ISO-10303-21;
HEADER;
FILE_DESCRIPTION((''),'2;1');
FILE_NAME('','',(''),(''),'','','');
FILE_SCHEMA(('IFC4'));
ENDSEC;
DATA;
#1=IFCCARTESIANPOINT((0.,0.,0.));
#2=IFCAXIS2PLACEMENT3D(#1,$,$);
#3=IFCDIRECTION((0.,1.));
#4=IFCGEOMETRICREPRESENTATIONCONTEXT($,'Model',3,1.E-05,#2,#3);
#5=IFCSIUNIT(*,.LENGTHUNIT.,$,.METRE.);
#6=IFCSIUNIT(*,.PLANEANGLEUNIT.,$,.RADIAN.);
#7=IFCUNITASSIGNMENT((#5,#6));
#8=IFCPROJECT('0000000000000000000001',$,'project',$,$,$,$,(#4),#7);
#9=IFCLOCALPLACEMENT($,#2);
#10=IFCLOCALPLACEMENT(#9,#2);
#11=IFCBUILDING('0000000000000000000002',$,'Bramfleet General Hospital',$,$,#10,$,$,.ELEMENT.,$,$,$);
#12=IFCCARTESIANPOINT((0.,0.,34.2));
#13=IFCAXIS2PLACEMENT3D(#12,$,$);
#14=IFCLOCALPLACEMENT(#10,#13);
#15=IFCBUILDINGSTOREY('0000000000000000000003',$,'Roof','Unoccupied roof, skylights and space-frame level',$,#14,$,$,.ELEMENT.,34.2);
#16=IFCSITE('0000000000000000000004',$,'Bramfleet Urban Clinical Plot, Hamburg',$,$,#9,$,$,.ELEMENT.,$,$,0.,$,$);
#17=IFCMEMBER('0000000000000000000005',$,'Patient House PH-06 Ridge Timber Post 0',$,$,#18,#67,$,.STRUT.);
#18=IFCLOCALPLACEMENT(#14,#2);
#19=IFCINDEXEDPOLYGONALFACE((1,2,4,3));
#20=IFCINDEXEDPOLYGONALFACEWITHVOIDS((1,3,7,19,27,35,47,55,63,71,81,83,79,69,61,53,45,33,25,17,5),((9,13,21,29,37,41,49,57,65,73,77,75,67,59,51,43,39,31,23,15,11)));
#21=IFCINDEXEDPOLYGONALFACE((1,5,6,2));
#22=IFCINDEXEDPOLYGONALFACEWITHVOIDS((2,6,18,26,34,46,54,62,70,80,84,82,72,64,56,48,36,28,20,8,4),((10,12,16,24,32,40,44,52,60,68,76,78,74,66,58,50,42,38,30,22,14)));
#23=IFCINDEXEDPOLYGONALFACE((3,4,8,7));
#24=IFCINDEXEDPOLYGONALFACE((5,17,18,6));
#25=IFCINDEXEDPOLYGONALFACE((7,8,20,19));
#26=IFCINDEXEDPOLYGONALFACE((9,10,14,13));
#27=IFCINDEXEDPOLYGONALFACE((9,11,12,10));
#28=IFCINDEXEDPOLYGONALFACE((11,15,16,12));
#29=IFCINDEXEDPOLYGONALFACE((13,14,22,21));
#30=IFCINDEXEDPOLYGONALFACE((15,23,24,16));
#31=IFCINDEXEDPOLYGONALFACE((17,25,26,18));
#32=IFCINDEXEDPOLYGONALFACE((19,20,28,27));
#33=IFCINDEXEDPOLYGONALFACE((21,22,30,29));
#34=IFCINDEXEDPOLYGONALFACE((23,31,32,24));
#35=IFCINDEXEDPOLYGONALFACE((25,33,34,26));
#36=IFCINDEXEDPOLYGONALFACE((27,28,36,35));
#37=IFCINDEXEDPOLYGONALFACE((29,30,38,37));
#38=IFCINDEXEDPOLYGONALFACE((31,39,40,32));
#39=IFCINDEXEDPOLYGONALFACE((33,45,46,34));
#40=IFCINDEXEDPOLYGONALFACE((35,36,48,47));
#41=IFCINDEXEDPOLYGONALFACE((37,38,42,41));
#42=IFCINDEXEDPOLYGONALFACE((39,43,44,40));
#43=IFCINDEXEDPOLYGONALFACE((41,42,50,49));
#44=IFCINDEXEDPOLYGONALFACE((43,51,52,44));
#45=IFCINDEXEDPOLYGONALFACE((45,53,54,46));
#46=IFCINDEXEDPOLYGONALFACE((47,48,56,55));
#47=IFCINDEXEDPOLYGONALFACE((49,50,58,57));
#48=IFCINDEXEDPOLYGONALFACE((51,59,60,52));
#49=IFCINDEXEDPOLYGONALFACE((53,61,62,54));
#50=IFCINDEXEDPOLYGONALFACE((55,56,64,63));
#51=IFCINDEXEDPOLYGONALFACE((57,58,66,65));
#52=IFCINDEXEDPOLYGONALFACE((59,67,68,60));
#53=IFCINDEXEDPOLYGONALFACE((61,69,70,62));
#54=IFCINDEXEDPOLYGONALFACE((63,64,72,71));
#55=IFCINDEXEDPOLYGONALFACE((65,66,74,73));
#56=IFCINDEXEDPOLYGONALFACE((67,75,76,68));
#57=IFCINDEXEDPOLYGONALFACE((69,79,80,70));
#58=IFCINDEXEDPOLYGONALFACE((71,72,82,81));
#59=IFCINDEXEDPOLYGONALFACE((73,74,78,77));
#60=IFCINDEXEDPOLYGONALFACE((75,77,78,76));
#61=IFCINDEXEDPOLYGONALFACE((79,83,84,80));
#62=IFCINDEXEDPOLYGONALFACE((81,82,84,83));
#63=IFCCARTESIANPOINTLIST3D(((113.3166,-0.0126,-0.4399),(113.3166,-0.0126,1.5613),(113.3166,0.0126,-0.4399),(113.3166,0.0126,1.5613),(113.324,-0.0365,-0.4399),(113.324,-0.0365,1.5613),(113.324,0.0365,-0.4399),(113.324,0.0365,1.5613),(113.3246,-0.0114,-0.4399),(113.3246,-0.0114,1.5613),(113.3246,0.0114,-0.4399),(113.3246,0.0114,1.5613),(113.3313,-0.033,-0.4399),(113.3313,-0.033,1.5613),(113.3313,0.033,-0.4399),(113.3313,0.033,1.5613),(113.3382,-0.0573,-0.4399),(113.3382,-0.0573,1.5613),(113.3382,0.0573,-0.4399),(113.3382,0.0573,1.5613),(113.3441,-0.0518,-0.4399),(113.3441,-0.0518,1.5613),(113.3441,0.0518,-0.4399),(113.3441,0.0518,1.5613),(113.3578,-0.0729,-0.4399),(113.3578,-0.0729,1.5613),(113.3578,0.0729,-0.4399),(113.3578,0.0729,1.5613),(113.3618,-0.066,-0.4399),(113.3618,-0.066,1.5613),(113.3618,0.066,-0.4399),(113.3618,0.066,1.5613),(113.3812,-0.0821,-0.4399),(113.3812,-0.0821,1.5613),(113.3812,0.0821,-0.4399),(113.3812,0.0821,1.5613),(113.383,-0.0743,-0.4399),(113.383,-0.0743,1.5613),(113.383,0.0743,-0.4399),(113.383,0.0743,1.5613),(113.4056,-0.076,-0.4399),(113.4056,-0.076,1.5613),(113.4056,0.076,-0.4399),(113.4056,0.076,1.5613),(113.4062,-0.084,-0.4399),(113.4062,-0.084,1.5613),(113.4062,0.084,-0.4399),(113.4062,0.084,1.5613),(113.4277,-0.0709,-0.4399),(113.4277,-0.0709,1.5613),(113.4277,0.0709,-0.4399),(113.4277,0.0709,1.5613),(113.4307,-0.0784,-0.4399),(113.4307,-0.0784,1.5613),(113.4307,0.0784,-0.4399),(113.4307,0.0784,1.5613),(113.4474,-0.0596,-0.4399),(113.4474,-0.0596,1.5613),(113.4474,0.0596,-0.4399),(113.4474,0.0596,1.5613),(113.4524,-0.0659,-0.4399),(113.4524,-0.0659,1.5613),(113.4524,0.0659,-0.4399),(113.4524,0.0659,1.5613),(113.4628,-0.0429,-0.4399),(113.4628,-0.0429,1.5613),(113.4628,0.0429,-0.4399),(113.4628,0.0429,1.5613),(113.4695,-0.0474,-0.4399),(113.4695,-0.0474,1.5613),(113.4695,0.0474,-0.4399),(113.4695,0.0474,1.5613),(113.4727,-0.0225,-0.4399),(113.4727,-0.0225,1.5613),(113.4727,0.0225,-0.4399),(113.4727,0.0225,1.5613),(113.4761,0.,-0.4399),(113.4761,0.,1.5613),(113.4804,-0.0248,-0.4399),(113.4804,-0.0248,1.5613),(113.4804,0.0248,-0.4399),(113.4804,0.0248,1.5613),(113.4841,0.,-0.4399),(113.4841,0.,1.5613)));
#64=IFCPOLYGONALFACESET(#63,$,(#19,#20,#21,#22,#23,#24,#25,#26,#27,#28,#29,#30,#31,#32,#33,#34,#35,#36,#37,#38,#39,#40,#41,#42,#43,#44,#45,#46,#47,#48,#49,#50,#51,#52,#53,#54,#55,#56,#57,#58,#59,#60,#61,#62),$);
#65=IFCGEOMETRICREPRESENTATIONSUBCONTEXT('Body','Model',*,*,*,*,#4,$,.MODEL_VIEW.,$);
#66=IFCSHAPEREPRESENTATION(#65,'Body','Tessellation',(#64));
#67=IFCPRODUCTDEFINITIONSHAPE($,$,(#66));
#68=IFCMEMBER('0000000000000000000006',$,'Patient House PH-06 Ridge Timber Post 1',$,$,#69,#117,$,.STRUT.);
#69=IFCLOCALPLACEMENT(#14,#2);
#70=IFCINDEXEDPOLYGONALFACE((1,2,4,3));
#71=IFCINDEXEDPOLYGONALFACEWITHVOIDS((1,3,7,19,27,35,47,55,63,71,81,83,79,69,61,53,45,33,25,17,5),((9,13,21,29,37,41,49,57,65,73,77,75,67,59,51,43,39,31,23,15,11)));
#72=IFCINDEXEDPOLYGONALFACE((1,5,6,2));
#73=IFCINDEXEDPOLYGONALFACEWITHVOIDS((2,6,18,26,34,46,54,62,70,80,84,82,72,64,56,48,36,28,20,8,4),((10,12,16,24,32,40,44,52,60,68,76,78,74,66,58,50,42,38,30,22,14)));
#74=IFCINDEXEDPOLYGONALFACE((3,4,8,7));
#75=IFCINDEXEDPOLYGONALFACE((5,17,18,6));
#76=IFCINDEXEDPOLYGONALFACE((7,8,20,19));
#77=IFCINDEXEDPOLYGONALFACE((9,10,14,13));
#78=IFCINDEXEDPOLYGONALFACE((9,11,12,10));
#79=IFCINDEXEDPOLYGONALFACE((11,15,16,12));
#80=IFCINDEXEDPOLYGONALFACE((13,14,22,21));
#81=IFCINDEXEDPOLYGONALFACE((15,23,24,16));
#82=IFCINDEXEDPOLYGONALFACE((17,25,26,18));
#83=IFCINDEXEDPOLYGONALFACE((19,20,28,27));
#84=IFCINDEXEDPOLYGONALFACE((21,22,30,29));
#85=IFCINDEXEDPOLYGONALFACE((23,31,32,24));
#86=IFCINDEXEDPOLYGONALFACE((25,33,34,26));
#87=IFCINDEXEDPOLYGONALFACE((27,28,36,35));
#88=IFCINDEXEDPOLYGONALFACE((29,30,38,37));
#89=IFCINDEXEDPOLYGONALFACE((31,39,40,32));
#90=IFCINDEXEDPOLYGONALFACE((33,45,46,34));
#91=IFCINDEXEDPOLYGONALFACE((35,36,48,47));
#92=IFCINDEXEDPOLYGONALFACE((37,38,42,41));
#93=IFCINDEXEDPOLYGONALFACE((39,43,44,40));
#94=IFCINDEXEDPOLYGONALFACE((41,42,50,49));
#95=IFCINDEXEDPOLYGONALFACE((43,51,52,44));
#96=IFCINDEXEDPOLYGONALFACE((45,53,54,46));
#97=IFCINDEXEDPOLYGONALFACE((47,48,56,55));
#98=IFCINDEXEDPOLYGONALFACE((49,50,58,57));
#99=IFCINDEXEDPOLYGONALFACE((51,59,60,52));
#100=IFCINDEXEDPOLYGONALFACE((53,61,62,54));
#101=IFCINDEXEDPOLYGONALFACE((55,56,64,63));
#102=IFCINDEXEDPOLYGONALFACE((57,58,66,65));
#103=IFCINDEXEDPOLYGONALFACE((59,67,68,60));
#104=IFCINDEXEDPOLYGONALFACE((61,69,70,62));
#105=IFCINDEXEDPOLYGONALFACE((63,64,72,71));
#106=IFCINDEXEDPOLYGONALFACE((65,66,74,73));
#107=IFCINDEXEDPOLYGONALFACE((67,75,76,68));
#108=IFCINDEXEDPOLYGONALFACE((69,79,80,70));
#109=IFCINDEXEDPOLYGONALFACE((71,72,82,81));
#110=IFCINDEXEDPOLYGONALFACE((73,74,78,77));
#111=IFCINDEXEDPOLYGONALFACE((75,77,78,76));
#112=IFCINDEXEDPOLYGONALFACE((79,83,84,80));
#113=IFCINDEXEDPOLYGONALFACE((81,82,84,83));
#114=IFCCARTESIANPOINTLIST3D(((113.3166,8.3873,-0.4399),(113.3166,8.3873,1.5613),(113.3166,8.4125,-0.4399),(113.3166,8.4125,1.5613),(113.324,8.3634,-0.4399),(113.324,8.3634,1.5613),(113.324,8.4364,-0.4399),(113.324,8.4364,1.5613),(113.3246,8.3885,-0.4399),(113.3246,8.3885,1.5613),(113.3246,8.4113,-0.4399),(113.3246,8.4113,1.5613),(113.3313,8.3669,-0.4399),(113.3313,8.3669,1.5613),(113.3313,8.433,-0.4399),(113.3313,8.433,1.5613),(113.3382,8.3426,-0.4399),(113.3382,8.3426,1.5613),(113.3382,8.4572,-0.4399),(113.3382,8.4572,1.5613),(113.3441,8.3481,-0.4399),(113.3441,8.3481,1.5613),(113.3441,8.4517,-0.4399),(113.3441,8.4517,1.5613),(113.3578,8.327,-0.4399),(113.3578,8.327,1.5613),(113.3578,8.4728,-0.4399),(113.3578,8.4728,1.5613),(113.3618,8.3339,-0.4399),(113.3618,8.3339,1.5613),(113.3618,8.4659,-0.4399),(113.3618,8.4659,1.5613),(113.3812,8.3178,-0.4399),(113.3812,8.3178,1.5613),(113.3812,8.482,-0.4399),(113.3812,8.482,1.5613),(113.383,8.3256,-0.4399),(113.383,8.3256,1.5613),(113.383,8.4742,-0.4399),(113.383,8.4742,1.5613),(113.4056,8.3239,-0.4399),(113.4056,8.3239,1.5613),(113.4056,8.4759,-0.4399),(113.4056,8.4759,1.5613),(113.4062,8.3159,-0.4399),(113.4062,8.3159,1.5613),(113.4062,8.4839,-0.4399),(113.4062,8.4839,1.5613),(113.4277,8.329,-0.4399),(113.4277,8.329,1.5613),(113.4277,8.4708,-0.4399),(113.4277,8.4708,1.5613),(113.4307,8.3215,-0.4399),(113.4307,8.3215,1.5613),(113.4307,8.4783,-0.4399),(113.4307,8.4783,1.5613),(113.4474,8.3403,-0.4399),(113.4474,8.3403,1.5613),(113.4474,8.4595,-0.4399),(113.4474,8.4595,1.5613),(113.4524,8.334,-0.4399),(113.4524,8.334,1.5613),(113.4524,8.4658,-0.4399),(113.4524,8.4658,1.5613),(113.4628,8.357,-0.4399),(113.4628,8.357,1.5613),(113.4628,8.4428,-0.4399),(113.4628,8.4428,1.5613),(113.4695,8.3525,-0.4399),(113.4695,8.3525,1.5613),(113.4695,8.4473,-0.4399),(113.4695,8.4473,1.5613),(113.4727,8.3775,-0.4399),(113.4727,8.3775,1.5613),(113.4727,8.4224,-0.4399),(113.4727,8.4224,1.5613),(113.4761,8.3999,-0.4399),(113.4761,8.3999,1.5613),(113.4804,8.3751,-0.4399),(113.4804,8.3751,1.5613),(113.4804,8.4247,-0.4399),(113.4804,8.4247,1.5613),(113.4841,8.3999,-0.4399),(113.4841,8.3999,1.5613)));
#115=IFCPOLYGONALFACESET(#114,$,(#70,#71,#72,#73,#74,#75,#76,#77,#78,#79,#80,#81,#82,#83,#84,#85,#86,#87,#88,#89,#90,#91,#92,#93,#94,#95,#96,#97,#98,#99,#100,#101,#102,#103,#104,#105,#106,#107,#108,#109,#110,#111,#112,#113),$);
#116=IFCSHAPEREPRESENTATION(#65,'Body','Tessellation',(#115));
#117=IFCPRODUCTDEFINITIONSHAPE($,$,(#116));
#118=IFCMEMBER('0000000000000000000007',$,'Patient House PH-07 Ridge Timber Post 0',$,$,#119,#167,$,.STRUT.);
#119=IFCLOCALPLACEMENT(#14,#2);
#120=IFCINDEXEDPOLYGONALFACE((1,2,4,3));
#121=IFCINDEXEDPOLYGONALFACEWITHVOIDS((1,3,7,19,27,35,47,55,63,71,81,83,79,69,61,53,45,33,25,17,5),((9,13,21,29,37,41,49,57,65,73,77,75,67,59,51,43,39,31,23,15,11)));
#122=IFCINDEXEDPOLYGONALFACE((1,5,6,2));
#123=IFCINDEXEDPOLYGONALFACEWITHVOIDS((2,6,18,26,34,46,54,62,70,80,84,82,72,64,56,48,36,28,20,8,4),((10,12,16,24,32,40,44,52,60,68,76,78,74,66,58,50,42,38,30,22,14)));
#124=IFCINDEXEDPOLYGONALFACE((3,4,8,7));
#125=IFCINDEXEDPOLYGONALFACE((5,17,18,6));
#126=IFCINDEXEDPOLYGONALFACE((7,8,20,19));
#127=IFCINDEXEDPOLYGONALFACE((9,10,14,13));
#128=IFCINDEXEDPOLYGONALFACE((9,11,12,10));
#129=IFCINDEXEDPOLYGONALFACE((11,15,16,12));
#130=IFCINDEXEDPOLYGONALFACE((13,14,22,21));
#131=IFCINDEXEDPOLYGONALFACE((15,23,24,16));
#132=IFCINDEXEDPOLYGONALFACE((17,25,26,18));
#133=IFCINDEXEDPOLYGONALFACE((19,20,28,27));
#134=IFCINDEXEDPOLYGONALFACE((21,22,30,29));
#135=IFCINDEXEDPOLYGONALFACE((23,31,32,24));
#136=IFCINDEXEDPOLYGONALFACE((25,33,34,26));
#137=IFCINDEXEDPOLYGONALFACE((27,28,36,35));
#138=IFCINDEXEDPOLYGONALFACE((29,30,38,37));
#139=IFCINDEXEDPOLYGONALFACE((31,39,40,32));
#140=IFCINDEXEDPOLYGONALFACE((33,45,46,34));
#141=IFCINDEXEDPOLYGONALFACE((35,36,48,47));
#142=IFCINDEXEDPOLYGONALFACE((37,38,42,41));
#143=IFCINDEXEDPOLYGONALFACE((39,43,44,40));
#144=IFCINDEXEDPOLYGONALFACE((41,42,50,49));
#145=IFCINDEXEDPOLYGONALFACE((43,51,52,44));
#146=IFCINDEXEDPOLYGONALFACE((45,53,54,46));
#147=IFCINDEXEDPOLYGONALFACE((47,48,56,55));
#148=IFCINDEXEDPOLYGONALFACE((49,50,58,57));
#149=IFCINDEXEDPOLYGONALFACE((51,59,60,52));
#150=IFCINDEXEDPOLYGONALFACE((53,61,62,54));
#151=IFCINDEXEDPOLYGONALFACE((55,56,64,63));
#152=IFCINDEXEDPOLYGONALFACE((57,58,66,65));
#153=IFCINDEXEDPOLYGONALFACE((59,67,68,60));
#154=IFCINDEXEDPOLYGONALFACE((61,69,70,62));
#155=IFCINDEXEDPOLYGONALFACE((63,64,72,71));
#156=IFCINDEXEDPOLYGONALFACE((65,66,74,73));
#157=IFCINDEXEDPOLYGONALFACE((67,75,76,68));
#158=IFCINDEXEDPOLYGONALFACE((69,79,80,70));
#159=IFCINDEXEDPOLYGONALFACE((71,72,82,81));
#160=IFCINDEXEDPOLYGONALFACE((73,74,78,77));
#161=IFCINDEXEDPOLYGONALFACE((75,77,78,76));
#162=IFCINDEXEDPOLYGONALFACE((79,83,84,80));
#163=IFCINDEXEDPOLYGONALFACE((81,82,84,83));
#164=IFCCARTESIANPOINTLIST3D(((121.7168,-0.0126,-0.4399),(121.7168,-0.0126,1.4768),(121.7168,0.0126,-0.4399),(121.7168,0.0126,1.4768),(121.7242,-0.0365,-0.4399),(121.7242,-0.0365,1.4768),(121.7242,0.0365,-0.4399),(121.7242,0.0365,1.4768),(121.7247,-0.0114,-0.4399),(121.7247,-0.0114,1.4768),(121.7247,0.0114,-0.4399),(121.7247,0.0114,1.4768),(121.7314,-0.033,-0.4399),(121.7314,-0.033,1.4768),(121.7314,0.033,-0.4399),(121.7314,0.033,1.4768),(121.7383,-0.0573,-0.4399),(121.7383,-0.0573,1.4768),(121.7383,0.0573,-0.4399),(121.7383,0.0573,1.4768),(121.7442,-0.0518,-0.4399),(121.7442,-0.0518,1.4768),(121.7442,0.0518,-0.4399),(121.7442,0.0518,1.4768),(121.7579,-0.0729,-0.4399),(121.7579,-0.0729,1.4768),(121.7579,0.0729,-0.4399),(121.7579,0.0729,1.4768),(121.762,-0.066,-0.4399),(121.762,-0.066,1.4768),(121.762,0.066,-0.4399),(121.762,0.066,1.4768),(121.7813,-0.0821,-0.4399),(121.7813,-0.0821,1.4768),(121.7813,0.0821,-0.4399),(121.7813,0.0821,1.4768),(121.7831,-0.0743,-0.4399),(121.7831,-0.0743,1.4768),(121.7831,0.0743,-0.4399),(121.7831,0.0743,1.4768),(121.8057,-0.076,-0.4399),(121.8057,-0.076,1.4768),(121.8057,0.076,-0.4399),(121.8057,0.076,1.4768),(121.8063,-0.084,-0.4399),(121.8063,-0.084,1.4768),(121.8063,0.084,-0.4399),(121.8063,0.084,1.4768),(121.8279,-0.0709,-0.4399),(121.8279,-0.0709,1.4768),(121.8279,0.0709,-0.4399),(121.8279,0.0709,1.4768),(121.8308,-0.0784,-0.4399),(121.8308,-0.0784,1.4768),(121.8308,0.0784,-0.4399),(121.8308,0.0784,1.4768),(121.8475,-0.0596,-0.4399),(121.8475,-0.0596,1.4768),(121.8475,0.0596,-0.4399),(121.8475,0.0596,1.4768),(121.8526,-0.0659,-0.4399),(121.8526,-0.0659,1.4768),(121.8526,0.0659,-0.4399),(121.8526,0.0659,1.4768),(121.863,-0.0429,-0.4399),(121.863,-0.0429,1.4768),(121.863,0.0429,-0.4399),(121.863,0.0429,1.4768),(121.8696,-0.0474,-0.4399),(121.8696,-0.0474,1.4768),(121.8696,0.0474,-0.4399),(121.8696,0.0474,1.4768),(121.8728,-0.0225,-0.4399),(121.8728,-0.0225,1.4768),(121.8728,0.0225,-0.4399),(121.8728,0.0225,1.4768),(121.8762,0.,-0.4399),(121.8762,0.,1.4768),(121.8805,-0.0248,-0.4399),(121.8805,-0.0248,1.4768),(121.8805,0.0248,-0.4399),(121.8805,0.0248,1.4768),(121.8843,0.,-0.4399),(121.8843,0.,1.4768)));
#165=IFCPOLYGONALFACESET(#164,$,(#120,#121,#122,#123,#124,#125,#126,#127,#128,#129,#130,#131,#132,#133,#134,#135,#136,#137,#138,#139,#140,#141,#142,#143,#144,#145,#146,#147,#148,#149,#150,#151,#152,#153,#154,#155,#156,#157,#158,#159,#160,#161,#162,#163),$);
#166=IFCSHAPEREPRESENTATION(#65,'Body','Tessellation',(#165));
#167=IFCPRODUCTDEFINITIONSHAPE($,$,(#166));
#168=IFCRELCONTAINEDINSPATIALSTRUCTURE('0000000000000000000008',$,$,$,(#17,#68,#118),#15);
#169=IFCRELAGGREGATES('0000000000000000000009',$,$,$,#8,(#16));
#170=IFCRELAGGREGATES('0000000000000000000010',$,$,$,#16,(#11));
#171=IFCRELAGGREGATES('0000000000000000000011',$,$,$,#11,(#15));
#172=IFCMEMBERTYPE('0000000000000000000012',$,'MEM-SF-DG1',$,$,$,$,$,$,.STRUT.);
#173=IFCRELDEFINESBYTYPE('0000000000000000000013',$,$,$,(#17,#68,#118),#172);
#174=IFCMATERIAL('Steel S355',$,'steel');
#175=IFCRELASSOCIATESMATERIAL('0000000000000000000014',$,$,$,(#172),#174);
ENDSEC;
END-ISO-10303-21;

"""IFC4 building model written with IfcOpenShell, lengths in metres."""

from ifc_helpers import new_model, si_unit, direction, frame, origin, origin_2d, place, context, subcontext, project, spatial, hollow_circle, extrude, material, material_profile, profile_set, type_object, element, save


model = new_model("IFC4")

# Units and contexts
model_context = context("Model", 3, precision=1e-05, world=origin(), true_north=direction((0.0, 1.0)))
body_context = subcontext(model_context, "Body", "Model", "MODEL_VIEW")
ifc_project = project(units=[si_unit("LENGTHUNIT", "METRE"), si_unit("PLANEANGLEUNIT", "RADIAN")], contexts=[model_context])

# Site, building, storey
site_placement = place(None, origin())
site = spatial("IfcSite", under=ifc_project, at=site_placement, Name="Bramfleet Urban Clinical Plot, Hamburg", CompositionType="ELEMENT", RefElevation=0.0)
building_placement = place(site_placement, origin())
building = spatial("IfcBuilding", under=site, at=building_placement, Name="Bramfleet General Hospital", CompositionType="ELEMENT")
storey_placement = place(building_placement, frame((0.0, 0.0, 34.2)))
storey = spatial("IfcBuildingStorey", under=building, at=storey_placement, Name="Roof", Description="Unoccupied roof, skylights and space-frame level", CompositionType="ELEMENT", Elevation=34.2)

# Members
ifc_material_1 = material(Name="Steel S355", Category="steel")
ifc_material_profile_1 = material_profile(ifc_material_1, hollow_circle(Radius=0.0842, WallThickness=0.0081, at=origin_2d()), Name="CHS 168.3x8.0")
ifc_profile_set_1 = profile_set([ifc_material_profile_1], Name="Steel S355")
member_type_1 = type_object("IfcMemberType", Name="MEM-SF-DG1", PredefinedType="STRUT", material=ifc_profile_set_1)
for number, where, z_axis, x_axis, name in (
    (1, (113.3999, 0.0, -0.4399), (0.0, 0.0, 1.0), (1.0, 0.0, 0.0), "Patient House PH-06 Ridge Timber Post 0"),
    (2, (113.3999, 8.3999, -0.4399), (0.0, 0.0, 1.0), (1.0, 0.0, 0.0), "Patient House PH-06 Ridge Timber Post 1"),
):
    element("IfcMember", number, at=place(storey_placement, frame(where, z_axis=z_axis, x_axis=x_axis)), inside=storey, type_object=member_type_1, Name=name, PredefinedType="STRUT", context=body_context, shape_type="SweptSolid", body=[
        extrude(hollow_circle(Radius=0.0842, WallThickness=0.0081, at=origin_2d()), origin(), (0.0, 0.0, 1.0), 2.0012),
    ])
for number, where, z_axis, x_axis, name in (
    (3, (121.8, 0.0, -0.4399), (0.0, 0.0, 1.0), (1.0, 0.0, 0.0), "Patient House PH-07 Ridge Timber Post 0"),
):
    element("IfcMember", number, at=place(storey_placement, frame(where, z_axis=z_axis, x_axis=x_axis)), inside=storey, type_object=member_type_1, Name=name, PredefinedType="STRUT", context=body_context, shape_type="SweptSolid", body=[
        extrude(hollow_circle(Radius=0.0842, WallThickness=0.0081, at=origin_2d()), origin(), (0.0, 0.0, 1.0), 1.9167),
    ])

save(model, "model.ifc")
